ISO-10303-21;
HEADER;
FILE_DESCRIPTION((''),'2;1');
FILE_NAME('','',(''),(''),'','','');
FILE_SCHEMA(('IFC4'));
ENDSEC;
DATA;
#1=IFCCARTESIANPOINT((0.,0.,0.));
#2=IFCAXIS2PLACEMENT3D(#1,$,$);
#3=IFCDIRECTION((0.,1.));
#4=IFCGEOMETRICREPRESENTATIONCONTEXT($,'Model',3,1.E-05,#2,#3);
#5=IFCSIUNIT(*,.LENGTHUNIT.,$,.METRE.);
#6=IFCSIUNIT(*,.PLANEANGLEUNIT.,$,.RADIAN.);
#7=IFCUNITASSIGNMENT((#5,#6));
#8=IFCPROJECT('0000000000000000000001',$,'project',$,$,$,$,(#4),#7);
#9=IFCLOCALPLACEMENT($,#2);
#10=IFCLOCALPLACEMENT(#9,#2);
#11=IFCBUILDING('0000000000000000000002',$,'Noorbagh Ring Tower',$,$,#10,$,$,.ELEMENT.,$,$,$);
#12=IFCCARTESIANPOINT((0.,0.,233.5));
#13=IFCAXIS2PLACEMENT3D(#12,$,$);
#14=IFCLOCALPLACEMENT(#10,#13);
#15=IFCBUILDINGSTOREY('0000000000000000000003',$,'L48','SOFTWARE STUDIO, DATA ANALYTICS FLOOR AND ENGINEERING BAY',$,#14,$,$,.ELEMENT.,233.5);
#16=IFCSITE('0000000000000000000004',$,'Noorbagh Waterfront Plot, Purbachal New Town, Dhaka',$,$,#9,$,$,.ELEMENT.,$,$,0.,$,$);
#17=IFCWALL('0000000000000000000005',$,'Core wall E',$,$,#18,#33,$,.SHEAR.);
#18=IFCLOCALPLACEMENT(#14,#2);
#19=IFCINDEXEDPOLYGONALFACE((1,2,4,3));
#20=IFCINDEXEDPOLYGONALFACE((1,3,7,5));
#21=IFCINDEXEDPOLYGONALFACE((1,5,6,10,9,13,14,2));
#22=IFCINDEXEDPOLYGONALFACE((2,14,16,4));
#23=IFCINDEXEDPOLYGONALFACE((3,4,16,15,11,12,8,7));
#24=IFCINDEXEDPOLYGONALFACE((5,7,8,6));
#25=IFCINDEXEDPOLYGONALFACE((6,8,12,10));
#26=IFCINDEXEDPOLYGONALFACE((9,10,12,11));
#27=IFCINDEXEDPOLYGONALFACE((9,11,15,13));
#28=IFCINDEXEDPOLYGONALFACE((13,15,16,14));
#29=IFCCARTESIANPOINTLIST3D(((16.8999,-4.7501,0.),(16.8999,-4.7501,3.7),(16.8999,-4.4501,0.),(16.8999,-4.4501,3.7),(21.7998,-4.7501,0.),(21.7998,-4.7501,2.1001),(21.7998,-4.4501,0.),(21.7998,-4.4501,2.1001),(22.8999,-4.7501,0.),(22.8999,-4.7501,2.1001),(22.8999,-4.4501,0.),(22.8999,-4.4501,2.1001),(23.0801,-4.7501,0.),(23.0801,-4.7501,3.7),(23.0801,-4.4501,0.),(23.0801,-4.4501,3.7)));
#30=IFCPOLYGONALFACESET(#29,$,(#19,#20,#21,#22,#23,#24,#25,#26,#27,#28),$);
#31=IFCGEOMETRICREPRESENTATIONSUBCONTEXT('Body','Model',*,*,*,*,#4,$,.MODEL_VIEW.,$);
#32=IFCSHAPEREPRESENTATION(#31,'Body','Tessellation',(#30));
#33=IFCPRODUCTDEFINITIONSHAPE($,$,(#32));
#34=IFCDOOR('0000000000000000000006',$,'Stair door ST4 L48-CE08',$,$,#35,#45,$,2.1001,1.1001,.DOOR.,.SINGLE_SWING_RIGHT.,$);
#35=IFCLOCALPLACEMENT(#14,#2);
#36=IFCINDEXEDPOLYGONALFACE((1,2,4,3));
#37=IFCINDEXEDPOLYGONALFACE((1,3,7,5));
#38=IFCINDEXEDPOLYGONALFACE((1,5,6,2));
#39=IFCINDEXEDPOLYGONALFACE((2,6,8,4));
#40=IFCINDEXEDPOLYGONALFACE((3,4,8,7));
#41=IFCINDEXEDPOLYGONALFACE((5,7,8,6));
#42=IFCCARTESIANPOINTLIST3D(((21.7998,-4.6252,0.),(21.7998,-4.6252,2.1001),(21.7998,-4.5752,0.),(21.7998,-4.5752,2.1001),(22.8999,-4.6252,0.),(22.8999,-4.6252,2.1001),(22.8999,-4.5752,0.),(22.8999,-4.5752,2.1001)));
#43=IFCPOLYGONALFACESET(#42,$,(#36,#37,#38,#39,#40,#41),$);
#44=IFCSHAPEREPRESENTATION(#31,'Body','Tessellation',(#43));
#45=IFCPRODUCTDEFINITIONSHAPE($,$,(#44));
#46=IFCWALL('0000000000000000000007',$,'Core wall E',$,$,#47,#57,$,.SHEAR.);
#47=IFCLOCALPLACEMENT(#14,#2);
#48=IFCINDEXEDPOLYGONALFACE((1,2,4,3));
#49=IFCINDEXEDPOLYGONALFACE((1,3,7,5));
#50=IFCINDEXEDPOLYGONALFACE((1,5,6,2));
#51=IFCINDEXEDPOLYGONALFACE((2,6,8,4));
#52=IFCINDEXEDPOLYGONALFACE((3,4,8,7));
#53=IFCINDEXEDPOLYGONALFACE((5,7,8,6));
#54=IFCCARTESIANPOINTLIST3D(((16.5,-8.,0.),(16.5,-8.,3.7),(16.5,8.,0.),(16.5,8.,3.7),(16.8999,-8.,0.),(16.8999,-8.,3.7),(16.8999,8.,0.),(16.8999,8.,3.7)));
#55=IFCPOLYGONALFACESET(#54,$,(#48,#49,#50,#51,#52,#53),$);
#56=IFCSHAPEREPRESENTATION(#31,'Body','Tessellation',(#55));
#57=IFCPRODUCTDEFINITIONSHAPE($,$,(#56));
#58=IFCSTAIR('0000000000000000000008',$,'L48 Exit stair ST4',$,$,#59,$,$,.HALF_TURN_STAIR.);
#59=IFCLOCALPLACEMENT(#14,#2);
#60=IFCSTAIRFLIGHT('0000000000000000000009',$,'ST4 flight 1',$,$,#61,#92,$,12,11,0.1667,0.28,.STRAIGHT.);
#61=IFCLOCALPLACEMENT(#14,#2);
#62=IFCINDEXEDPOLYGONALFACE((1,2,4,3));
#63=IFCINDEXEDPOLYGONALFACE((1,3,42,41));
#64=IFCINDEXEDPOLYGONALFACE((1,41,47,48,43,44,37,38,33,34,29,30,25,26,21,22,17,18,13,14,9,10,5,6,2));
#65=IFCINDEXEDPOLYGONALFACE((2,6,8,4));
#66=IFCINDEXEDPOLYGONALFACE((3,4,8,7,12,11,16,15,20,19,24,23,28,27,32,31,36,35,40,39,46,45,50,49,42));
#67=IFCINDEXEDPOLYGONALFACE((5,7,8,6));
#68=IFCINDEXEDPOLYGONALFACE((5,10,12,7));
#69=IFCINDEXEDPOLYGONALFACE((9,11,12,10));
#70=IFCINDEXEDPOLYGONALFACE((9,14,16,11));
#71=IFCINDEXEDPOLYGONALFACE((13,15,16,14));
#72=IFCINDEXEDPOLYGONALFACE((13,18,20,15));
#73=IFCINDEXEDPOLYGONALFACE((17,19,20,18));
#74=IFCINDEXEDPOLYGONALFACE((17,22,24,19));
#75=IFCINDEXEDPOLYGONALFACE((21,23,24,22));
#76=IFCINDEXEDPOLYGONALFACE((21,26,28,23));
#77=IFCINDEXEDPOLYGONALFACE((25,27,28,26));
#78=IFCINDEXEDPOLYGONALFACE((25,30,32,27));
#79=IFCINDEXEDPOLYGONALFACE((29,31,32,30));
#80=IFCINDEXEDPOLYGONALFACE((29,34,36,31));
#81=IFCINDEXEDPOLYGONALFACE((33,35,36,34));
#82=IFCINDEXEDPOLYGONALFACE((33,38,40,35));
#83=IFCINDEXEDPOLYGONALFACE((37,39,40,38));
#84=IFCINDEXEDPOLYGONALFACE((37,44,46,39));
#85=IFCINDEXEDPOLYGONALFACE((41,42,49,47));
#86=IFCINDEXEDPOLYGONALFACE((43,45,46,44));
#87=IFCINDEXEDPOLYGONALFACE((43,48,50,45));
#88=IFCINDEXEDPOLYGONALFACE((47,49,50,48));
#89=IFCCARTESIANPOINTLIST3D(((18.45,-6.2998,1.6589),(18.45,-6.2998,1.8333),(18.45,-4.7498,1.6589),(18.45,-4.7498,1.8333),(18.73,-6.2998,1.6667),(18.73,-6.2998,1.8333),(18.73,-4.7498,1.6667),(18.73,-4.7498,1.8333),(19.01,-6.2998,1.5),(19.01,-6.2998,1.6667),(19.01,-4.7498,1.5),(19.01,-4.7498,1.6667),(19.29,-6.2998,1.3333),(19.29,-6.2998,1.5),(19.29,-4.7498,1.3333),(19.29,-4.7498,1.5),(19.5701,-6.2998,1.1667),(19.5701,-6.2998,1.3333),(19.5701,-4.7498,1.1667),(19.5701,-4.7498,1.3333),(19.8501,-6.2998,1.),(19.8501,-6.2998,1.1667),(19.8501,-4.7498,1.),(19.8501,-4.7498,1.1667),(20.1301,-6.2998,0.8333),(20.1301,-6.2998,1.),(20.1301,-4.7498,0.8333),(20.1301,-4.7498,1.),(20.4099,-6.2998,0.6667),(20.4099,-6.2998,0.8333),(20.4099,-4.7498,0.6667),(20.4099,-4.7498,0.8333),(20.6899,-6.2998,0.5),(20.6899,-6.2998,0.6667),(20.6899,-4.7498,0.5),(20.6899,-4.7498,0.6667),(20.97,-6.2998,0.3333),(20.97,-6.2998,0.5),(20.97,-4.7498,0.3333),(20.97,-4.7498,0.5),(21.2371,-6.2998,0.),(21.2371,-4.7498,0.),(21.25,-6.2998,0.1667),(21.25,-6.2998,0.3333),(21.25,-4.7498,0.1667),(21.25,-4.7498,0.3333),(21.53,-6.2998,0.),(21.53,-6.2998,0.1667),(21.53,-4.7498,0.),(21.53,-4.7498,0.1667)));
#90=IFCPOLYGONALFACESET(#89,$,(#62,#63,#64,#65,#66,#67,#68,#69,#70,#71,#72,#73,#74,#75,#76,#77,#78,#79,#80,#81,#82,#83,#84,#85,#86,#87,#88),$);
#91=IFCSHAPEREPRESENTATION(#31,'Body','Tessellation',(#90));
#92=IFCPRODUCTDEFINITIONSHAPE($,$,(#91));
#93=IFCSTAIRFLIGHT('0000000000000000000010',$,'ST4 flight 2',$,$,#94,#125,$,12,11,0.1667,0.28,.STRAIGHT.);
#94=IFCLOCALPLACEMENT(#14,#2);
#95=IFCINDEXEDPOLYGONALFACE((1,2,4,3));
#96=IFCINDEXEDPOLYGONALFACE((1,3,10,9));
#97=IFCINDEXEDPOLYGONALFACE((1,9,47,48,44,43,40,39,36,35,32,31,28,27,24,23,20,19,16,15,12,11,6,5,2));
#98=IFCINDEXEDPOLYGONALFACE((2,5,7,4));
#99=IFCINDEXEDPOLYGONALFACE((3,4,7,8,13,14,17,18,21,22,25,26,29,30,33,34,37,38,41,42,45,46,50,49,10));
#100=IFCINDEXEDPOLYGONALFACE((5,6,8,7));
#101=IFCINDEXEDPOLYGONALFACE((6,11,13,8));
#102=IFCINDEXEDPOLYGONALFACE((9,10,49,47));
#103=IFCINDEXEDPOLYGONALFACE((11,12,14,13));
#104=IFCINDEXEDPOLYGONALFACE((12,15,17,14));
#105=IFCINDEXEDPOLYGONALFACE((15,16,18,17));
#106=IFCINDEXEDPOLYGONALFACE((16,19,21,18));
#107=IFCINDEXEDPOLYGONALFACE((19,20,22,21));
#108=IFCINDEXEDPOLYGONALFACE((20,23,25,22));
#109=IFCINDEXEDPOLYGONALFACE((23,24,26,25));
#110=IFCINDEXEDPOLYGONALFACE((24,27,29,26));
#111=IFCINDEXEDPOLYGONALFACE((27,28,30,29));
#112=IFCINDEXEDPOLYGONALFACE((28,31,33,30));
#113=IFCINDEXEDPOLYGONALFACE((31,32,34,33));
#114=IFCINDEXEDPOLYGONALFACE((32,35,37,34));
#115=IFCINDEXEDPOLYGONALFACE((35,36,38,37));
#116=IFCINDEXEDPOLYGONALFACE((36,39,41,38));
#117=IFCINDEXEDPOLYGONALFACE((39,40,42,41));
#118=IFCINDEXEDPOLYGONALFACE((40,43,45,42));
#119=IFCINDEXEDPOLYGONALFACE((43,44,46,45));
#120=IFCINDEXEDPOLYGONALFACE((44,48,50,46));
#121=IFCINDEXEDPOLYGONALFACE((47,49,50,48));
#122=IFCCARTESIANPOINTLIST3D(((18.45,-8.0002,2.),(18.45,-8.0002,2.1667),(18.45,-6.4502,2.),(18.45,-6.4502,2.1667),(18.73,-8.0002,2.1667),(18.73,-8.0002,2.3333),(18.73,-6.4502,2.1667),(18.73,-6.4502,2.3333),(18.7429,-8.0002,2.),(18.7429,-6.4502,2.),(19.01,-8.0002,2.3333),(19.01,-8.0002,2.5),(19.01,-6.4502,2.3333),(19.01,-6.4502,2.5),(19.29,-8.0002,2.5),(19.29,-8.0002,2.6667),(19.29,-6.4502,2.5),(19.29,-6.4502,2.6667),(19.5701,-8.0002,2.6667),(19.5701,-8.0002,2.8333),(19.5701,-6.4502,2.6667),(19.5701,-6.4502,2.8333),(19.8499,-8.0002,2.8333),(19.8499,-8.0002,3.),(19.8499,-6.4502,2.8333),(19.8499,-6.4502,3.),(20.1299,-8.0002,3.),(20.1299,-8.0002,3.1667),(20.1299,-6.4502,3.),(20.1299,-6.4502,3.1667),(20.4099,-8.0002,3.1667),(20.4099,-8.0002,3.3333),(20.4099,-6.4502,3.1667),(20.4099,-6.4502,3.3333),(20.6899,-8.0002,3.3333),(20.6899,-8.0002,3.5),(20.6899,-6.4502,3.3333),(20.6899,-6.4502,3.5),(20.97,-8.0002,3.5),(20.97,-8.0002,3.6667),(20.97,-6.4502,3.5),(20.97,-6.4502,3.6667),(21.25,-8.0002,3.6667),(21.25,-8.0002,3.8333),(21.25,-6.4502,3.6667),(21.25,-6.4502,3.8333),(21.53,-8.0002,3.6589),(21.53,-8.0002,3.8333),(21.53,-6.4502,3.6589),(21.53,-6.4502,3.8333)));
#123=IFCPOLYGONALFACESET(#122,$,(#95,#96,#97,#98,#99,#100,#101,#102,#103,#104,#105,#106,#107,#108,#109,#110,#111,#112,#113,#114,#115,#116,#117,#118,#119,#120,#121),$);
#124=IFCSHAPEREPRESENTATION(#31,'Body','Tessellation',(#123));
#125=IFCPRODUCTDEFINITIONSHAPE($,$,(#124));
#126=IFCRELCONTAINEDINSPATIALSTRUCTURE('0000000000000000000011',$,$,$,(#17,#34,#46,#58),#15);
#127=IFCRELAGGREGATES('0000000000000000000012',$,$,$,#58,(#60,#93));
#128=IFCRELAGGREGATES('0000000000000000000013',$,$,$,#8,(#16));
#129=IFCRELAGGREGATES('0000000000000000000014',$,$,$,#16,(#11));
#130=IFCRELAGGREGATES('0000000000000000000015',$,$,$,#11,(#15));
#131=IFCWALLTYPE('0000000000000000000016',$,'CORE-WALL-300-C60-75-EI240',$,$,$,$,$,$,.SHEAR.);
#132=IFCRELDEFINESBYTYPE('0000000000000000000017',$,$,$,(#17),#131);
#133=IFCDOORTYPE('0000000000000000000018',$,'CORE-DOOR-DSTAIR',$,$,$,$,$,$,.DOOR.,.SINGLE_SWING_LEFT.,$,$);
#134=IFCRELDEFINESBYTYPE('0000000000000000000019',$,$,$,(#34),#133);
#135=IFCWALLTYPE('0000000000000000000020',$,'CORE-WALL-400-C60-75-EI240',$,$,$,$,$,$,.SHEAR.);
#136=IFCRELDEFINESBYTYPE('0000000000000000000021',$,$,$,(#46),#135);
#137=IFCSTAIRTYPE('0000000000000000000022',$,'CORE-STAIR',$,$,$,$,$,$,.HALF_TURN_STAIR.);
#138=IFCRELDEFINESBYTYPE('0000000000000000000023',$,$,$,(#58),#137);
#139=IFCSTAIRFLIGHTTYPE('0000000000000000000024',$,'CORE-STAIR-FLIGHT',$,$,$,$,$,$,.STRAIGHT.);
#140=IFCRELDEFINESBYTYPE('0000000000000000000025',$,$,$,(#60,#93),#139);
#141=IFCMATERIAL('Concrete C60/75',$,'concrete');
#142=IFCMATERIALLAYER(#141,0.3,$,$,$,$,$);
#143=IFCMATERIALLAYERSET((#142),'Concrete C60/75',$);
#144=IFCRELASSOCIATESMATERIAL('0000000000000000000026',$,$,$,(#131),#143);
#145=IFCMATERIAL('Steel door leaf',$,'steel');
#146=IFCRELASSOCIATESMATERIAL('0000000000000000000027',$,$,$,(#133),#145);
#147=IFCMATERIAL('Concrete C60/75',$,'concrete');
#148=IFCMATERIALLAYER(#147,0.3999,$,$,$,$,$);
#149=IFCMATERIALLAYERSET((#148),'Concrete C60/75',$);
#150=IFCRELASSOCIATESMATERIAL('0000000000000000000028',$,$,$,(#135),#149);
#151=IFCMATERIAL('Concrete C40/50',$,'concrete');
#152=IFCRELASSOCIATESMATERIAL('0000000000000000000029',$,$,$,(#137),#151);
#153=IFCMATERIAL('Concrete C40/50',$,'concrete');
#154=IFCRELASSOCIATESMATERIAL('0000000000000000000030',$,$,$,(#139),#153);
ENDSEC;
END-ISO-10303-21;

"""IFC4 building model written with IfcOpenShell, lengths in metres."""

from ifc_helpers import new_model, si_unit, direction, frame, frame_2d, origin, place, context, subcontext, project, spatial, polyline, rectangle, outline, extrude, material, layer, layer_set, type_object, element, fill, aggregate, save


model = new_model("IFC4")

# Units and contexts
model_context = context("Model", 3, precision=1e-05, world=origin(), true_north=direction((0.0, 1.0)))
body_context = subcontext(model_context, "Body", "Model", "MODEL_VIEW")
ifc_project = project(units=[si_unit("LENGTHUNIT", "METRE"), si_unit("PLANEANGLEUNIT", "RADIAN")], contexts=[model_context])

# Site, building, storey
site_placement = place(None, origin())
site = spatial("IfcSite", under=ifc_project, at=site_placement, Name="Noorbagh Waterfront Plot, Purbachal New Town, Dhaka", CompositionType="ELEMENT", RefElevation=0.0)
building_placement = place(site_placement, origin())
building = spatial("IfcBuilding", under=site, at=building_placement, Name="Noorbagh Ring Tower", CompositionType="ELEMENT")
storey_placement = place(building_placement, frame((0.0, 0.0, 233.5)))
storey = spatial("IfcBuildingStorey", under=building, at=storey_placement, Name="L48", Description="SOFTWARE STUDIO, DATA ANALYTICS FLOOR AND ENGINEERING BAY", CompositionType="ELEMENT", Elevation=233.5)

# Shared definitions
ifc_material_1 = material(Name="Concrete C60/75", Category="concrete")
ifc_layer_1 = layer(ifc_material_1, 0.3)
ifc_layer_set_1 = layer_set([ifc_layer_1], Name="Concrete C60/75")
wall_type_1 = type_object("IfcWallType", Name="CORE-WALL-300-C60-75-EI240", PredefinedType="SHEAR", material=ifc_layer_set_1)

# Wall, opening, door
wall_1_placement = place(storey_placement, frame((16.8999, -4.6001, 0.0), z_axis=(0.0, 0.0, 1.0), x_axis=(1.0, 0.0, 0.0)))
wall_1 = element("IfcWall", 1, at=wall_1_placement, inside=storey, type_object=wall_type_1, Name="Core wall E", PredefinedType="SHEAR", context=body_context, shape_type="SweptSolid", body=[
    extrude(rectangle(XDim=6.1802, YDim=0.3, at=frame_2d((3.0901, 0.0))), origin(), (0.0, 0.0, 1.0), 3.7),
])
opening_1_placement = place(wall_1_placement, frame((4.8999, 0.0, 0.0)))
opening_1 = element("IfcOpeningElement", 2, at=opening_1_placement, cuts=wall_1, PredefinedType="OPENING", context=body_context, shape_type="SweptSolid", body=[
    extrude(rectangle(XDim=1.1001, YDim=2.1001, at=frame_2d((0.55, 1.05))), frame((0.0, 0.1602, 0.0), z_axis=(0.0, -1.0, 0.0), x_axis=(1.0, 0.0, 0.0)), (0.0, 0.0, 1.0), 0.3201),
])
ifc_material_2 = material(Name="Steel door leaf", Category="steel")
door_type_1 = type_object("IfcDoorType", Name="CORE-DOOR-DSTAIR", OperationType="SINGLE_SWING_LEFT", PredefinedType="DOOR", material=ifc_material_2)
door_1_placement = place(opening_1_placement, origin())
door_1 = element("IfcDoor", 3, at=door_1_placement, inside=storey, type_object=door_type_1, Name="Stair door ST4 L48-CE08", OperationType="SINGLE_SWING_RIGHT", OverallHeight=2.1001, OverallWidth=1.1001, PredefinedType="DOOR", context=body_context, shape_type="SweptSolid", body=[
    extrude(rectangle(XDim=1.1001, YDim=2.1001, at=frame_2d((0.55, 1.05))), frame((0.0, 0.0249, 0.0), z_axis=(0.0, -1.0, 0.0), x_axis=(1.0, 0.0, 0.0)), (0.0, 0.0, 1.0), 0.05),
])
fill(opening_1, door_1)

# Wall
ifc_material_3 = material(Name="Concrete C60/75", Category="concrete")
ifc_layer_2 = layer(ifc_material_3, 0.3999)
ifc_layer_set_2 = layer_set([ifc_layer_2], Name="Concrete C60/75")
wall_type_2 = type_object("IfcWallType", Name="CORE-WALL-400-C60-75-EI240", PredefinedType="SHEAR", material=ifc_layer_set_2)
wall_2_placement = place(storey_placement, frame((16.7, -8.0, 0.0), z_axis=(0.0, 0.0, 1.0), x_axis=(0.0, 1.0, 0.0)))
element("IfcWall", 4, at=wall_2_placement, inside=storey, type_object=wall_type_2, Name="Core wall E", PredefinedType="SHEAR", context=body_context, shape_type="SweptSolid", body=[
    extrude(rectangle(XDim=16.0, YDim=0.3999, at=frame_2d((8.0, 0.0))), origin(), (0.0, 0.0, 1.0), 3.7),
])

# Stair, stair flights
ifc_material_4 = material(Name="Concrete C40/50", Category="concrete")
stair_type = type_object("IfcStairType", Name="CORE-STAIR", PredefinedType="HALF_TURN_STAIR", material=ifc_material_4)
stair_placement = place(storey_placement, origin())
stair = element("IfcStair", 5, at=stair_placement, inside=storey, type_object=stair_type, Name="L48 Exit stair ST4", PredefinedType="HALF_TURN_STAIR")
ifc_material_5 = material(Name="Concrete C40/50", Category="concrete")
stair_flight_type = type_object("IfcStairFlightType", Name="CORE-STAIR-FLIGHT", PredefinedType="STRAIGHT", material=ifc_material_5)
stair_flight_1_placement = place(storey_placement, frame((21.53, -5.5249, 0.0), z_axis=(0.0, 0.0, 1.0), x_axis=(-1.0, 0.0, 0.0)))
stair_flight_1 = element("IfcStairFlight", 6, at=stair_flight_1_placement, type_object=stair_flight_type, Name="ST4 flight 1", NumberOfRisers=12, NumberOfTreads=11, PredefinedType="STRAIGHT", RiserHeight=0.1667, TreadLength=0.28, context=body_context, shape_type="SweptSolid", body=[
    extrude(outline(polyline([(0.0, 0.0), (0.0, 0.1667), (0.28, 0.1667), (0.28, 0.3333), (0.5601, 0.3333), (0.5601, 0.5), (0.8401, 0.5), (0.8401, 0.6667), (1.1201, 0.6667), (1.1201, 0.8333), (1.3999, 0.8333), (1.3999, 1.0), (1.6799, 1.0), (1.6799, 1.1667), (1.96, 1.1667), (1.96, 1.3333), (2.24, 1.3333), (2.24, 1.5), (2.52, 1.5), (2.52, 1.6667), (2.8, 1.6667), (2.8, 1.8333), (3.0801, 1.8333), (3.0801, 2.0), (3.0801, 1.6589), (0.293, 0.0), (0.0, 0.0)])), frame((0.0, 0.7749, 0.0), z_axis=(0.0, -1.0, 0.0), x_axis=(1.0, 0.0, 0.0)), (0.0, 0.0, 1.0), 1.55),
])
stair_flight_2_placement = place(storey_placement, frame((18.45, -7.2251, 2.0), z_axis=(0.0, 0.0, 1.0), x_axis=(1.0, 0.0, 0.0)))
stair_flight_2 = element("IfcStairFlight", 7, at=stair_flight_2_placement, type_object=stair_flight_type, Name="ST4 flight 2", NumberOfRisers=12, NumberOfTreads=11, PredefinedType="STRAIGHT", RiserHeight=0.1667, TreadLength=0.28, context=body_context, shape_type="SweptSolid", body=[
    extrude(outline(polyline([(0.0, 0.0), (0.0, 0.1667), (0.28, 0.1667), (0.28, 0.3333), (0.5601, 0.3333), (0.5601, 0.5), (0.8401, 0.5), (0.8401, 0.6667), (1.1201, 0.6667), (1.1201, 0.8333), (1.3999, 0.8333), (1.3999, 1.0), (1.6799, 1.0), (1.6799, 1.1667), (1.96, 1.1667), (1.96, 1.3333), (2.24, 1.3333), (2.24, 1.5), (2.52, 1.5), (2.52, 1.6667), (2.8, 1.6667), (2.8, 1.8333), (3.0801, 1.8333), (3.0801, 2.0), (3.0801, 1.6589), (0.293, 0.0), (0.0, 0.0)])), frame((0.0, 0.7749, 0.0), z_axis=(0.0, -1.0, 0.0), x_axis=(1.0, 0.0, 0.0)), (0.0, 0.0, 1.0), 1.55),
])
aggregate(stair, [stair_flight_1, stair_flight_2])

save(model, "model.ifc")
